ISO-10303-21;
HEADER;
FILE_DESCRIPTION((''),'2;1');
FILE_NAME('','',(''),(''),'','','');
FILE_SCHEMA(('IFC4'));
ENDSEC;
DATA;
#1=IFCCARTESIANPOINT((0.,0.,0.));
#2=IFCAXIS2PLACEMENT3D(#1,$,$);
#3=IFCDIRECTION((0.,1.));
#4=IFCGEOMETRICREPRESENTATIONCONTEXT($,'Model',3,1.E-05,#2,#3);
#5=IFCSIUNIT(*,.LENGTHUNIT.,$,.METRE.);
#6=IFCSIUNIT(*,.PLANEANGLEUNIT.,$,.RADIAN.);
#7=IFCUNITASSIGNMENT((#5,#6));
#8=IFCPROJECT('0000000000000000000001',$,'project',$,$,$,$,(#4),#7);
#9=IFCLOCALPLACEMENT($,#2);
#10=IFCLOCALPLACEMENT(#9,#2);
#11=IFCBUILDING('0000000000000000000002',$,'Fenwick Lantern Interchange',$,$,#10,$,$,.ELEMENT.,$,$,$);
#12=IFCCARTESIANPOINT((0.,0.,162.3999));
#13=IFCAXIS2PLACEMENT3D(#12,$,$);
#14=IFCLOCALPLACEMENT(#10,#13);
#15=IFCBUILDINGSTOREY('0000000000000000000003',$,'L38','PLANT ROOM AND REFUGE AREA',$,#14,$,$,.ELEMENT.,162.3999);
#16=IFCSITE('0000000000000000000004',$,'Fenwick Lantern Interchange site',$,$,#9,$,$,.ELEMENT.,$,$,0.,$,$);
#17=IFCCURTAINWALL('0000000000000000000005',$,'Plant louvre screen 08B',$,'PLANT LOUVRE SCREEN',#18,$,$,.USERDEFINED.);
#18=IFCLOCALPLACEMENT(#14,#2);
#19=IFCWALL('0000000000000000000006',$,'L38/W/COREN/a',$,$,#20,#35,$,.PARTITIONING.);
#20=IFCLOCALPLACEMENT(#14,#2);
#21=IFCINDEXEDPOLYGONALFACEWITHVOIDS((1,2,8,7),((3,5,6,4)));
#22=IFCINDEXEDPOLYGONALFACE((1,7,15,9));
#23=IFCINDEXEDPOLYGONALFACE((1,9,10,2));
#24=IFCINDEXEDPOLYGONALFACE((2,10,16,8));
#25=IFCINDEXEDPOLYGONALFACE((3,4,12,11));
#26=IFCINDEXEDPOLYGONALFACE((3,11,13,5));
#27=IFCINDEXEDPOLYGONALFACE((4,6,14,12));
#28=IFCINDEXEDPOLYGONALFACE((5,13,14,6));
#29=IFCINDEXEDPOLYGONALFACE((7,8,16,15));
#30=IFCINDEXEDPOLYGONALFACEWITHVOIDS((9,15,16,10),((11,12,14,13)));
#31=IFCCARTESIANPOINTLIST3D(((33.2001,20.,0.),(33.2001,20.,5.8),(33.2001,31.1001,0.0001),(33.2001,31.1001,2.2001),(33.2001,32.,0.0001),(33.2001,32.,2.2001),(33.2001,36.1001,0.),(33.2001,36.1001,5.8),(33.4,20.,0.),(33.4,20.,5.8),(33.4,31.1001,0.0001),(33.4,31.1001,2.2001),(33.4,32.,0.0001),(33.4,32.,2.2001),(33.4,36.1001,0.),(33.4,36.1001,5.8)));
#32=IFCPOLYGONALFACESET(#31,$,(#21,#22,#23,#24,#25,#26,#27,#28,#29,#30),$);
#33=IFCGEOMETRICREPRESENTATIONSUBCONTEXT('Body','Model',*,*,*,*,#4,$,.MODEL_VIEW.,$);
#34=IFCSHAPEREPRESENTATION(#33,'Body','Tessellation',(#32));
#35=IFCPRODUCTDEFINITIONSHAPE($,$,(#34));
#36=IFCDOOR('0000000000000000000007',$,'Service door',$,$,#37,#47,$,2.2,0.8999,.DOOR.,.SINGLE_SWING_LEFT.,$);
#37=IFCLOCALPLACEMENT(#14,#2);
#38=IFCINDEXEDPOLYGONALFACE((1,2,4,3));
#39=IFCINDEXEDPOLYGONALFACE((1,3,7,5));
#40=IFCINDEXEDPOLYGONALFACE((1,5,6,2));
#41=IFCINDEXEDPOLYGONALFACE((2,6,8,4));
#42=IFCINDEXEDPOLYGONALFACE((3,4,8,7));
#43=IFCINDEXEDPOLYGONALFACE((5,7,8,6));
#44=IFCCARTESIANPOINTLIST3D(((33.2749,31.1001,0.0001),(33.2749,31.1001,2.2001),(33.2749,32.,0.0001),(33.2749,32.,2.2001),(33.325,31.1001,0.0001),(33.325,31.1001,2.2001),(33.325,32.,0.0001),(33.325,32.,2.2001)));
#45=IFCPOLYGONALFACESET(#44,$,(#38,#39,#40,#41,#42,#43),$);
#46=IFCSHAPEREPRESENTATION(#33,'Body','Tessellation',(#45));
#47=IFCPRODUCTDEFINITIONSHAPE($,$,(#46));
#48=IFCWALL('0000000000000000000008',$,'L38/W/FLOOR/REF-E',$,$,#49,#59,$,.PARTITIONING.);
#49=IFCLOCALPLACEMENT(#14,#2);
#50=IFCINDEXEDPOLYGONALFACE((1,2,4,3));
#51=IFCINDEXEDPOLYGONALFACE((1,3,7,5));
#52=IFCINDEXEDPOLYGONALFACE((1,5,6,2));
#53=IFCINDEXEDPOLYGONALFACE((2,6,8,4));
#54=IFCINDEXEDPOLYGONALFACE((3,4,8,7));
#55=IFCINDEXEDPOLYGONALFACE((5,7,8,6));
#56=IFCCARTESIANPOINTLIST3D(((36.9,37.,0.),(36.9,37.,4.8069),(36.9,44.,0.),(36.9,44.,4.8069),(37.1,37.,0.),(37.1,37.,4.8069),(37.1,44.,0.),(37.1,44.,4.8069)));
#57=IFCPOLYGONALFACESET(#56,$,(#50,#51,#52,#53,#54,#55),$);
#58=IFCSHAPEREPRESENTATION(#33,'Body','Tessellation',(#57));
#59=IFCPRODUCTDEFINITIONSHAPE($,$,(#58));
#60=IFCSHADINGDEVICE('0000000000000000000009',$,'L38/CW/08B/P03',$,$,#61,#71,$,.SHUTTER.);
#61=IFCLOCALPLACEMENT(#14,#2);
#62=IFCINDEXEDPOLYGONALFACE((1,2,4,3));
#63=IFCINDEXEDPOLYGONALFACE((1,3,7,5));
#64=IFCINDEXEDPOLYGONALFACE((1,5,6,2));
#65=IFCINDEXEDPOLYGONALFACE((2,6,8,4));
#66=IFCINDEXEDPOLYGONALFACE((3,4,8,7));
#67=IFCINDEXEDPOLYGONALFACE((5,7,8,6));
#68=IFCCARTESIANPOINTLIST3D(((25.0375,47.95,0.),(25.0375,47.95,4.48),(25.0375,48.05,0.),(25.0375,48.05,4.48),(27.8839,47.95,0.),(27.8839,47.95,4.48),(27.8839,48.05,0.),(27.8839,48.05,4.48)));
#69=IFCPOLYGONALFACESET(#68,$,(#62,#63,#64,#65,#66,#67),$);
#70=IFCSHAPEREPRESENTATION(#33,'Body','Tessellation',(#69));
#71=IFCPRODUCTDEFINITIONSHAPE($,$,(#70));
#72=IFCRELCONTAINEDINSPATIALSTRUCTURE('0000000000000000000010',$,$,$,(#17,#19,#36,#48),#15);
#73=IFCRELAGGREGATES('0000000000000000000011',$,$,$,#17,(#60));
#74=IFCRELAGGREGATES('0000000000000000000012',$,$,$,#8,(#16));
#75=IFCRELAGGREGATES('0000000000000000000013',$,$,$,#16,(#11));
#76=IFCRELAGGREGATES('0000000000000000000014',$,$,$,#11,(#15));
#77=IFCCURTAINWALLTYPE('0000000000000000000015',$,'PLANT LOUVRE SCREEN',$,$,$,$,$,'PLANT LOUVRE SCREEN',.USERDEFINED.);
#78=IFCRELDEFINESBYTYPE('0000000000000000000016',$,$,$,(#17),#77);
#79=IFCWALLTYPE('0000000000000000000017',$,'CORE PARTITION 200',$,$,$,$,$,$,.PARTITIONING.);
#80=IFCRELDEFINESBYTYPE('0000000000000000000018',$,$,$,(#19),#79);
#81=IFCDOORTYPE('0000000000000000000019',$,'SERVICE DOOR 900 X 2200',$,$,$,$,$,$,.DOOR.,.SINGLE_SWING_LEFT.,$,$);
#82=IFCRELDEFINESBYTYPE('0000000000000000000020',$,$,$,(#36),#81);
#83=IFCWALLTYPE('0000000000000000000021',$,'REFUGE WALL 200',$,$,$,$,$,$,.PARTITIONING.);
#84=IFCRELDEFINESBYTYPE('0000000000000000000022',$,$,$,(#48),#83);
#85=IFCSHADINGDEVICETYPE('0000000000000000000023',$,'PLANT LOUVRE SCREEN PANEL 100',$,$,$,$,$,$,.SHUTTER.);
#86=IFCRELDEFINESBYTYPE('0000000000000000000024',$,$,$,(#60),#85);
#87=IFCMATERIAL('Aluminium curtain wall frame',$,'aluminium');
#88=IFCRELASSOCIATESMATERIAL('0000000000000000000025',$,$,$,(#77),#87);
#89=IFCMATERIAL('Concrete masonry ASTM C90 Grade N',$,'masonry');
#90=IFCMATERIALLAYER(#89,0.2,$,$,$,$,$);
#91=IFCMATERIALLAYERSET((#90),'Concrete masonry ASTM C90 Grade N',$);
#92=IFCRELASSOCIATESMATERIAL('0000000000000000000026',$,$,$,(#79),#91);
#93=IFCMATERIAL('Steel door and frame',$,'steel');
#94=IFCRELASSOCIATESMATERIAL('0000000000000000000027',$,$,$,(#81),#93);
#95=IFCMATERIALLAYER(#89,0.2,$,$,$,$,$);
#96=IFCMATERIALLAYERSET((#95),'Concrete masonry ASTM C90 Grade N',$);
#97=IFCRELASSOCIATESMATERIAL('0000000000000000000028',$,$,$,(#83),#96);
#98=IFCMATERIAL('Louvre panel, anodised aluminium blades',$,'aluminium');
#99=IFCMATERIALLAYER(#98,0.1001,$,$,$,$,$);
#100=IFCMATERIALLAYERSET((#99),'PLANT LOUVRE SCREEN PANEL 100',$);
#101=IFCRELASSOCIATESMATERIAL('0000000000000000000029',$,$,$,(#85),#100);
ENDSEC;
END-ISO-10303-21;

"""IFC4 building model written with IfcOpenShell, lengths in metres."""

from ifc_helpers import new_model, si_unit, direction, frame, frame_2d, origin, origin_2d, place, context, subcontext, project, spatial, rectangle, extrude, material, layer, layer_set, type_object, element, fill, aggregate, save


model = new_model("IFC4")

# Units and contexts
model_context = context("Model", 3, precision=1e-05, world=origin(), true_north=direction((0.0, 1.0)))
body_context = subcontext(model_context, "Body", "Model", "MODEL_VIEW")
ifc_project = project(units=[si_unit("LENGTHUNIT", "METRE"), si_unit("PLANEANGLEUNIT", "RADIAN")], contexts=[model_context])

# Site, building, storey
site_placement = place(None, origin())
site = spatial("IfcSite", under=ifc_project, at=site_placement, Name="Fenwick Lantern Interchange site", CompositionType="ELEMENT", RefElevation=0.0)
building_placement = place(site_placement, origin())
building = spatial("IfcBuilding", under=site, at=building_placement, Name="Fenwick Lantern Interchange", CompositionType="ELEMENT")
storey_placement = place(building_placement, frame((0.0, 0.0, 162.3999)))
storey = spatial("IfcBuildingStorey", under=building, at=storey_placement, Name="L38", Description="PLANT ROOM AND REFUGE AREA", CompositionType="ELEMENT", Elevation=162.3999)

# Curtain wall
ifc_material_1 = material(Name="Aluminium curtain wall frame", Category="aluminium")
curtain_wall_type = type_object("IfcCurtainWallType", Name="PLANT LOUVRE SCREEN", ElementType="PLANT LOUVRE SCREEN", PredefinedType="USERDEFINED", material=ifc_material_1)
curtain_wall_placement = place(storey_placement, origin())
curtain_wall = element("IfcCurtainWall", 1, at=curtain_wall_placement, inside=storey, type_object=curtain_wall_type, Name="Plant louvre screen 08B", ObjectType="PLANT LOUVRE SCREEN", PredefinedType="USERDEFINED")

# Wall, opening, door
ifc_material_2 = material(Name="Concrete masonry ASTM C90 Grade N", Category="masonry")
ifc_layer_1 = layer(ifc_material_2, 0.2)
ifc_layer_set_1 = layer_set([ifc_layer_1], Name="Concrete masonry ASTM C90 Grade N")
wall_type_1 = type_object("IfcWallType", Name="CORE PARTITION 200", PredefinedType="PARTITIONING", material=ifc_layer_set_1)
wall_1_placement = place(storey_placement, frame((33.3, 36.1001, 0.0), z_axis=(0.0, 0.0, 1.0), x_axis=(0.0, -1.0, 0.0)))
wall_1 = element("IfcWall", 2, at=wall_1_placement, inside=storey, type_object=wall_type_1, Name="L38/W/COREN/a", PredefinedType="PARTITIONING", context=body_context, shape_type="SweptSolid", body=[
    extrude(rectangle(XDim=16.1001, YDim=0.2, at=frame_2d((8.05, 0.0))), origin(), (0.0, 0.0, 1.0), 5.8),
])
opening_1_placement = place(wall_1_placement, frame((4.1001, 0.0, 0.0)))
opening_1 = element("IfcOpeningElement", 3, at=opening_1_placement, cuts=wall_1, PredefinedType="OPENING", context=body_context, shape_type="SweptSolid", body=[
    extrude(rectangle(XDim=0.8999, YDim=2.2, at=frame_2d((0.45, 1.1001))), frame((0.0, 0.1099, 0.0), z_axis=(0.0, -1.0, 0.0), x_axis=(1.0, 0.0, 0.0)), (0.0, 0.0, 1.0), 0.22),
])
ifc_material_3 = material(Name="Steel door and frame", Category="steel")
door_type_1 = type_object("IfcDoorType", Name="SERVICE DOOR 900 X 2200", OperationType="SINGLE_SWING_LEFT", PredefinedType="DOOR", material=ifc_material_3)
door_1_placement = place(opening_1_placement, origin())
door_1 = element("IfcDoor", 4, at=door_1_placement, inside=storey, type_object=door_type_1, Name="Service door", OperationType="SINGLE_SWING_LEFT", OverallHeight=2.2, OverallWidth=0.8999, PredefinedType="DOOR", context=body_context, shape_type="SweptSolid", body=[
    extrude(rectangle(XDim=0.8999, YDim=2.2, at=frame_2d((0.45, 1.1001))), frame((0.0, 0.0249, 0.0), z_axis=(0.0, -1.0, 0.0), x_axis=(1.0, 0.0, 0.0)), (0.0, 0.0, 1.0), 0.05),
])
fill(opening_1, door_1)

# Wall
ifc_layer_2 = layer(ifc_material_2, 0.2)
ifc_layer_set_2 = layer_set([ifc_layer_2], Name="Concrete masonry ASTM C90 Grade N")
wall_type_2 = type_object("IfcWallType", Name="REFUGE WALL 200", PredefinedType="PARTITIONING", material=ifc_layer_set_2)
wall_2_placement = place(storey_placement, frame((37.0, 44.0, 0.0), z_axis=(0.0, 0.0, 1.0), x_axis=(0.0, -1.0, 0.0)))
element("IfcWall", 5, at=wall_2_placement, inside=storey, type_object=wall_type_2, Name="L38/W/FLOOR/REF-E", PredefinedType="PARTITIONING", context=body_context, shape_type="SweptSolid", body=[
    extrude(rectangle(XDim=7.0, YDim=0.2, at=frame_2d((3.5, 0.0))), origin(), (0.0, 0.0, 1.0), 4.8069),
])

# Shading device
ifc_material_4 = material(Name="Louvre panel, anodised aluminium blades", Category="aluminium")
ifc_layer_3 = layer(ifc_material_4, 0.1001)
ifc_layer_set_3 = layer_set([ifc_layer_3], Name="PLANT LOUVRE SCREEN PANEL 100")
shading_device_type = type_object("IfcShadingDeviceType", Name="PLANT LOUVRE SCREEN PANEL 100", PredefinedType="SHUTTER", material=ifc_layer_set_3)
shading_device_placement = place(storey_placement, frame((26.4607, 48.0, 0.0), z_axis=(0.0, 0.0, 1.0), x_axis=(-1.0, 0.0, 0.0)))
shading_device = element("IfcShadingDevice", 6, at=shading_device_placement, type_object=shading_device_type, Name="L38/CW/08B/P03", PredefinedType="SHUTTER", context=body_context, shape_type="SweptSolid", body=[
    extrude(rectangle(XDim=2.8464, YDim=0.1001, at=origin_2d()), origin(), (0.0, 0.0, 1.0), 4.48),
])
aggregate(curtain_wall, [shading_device])

save(model, "model.ifc")
